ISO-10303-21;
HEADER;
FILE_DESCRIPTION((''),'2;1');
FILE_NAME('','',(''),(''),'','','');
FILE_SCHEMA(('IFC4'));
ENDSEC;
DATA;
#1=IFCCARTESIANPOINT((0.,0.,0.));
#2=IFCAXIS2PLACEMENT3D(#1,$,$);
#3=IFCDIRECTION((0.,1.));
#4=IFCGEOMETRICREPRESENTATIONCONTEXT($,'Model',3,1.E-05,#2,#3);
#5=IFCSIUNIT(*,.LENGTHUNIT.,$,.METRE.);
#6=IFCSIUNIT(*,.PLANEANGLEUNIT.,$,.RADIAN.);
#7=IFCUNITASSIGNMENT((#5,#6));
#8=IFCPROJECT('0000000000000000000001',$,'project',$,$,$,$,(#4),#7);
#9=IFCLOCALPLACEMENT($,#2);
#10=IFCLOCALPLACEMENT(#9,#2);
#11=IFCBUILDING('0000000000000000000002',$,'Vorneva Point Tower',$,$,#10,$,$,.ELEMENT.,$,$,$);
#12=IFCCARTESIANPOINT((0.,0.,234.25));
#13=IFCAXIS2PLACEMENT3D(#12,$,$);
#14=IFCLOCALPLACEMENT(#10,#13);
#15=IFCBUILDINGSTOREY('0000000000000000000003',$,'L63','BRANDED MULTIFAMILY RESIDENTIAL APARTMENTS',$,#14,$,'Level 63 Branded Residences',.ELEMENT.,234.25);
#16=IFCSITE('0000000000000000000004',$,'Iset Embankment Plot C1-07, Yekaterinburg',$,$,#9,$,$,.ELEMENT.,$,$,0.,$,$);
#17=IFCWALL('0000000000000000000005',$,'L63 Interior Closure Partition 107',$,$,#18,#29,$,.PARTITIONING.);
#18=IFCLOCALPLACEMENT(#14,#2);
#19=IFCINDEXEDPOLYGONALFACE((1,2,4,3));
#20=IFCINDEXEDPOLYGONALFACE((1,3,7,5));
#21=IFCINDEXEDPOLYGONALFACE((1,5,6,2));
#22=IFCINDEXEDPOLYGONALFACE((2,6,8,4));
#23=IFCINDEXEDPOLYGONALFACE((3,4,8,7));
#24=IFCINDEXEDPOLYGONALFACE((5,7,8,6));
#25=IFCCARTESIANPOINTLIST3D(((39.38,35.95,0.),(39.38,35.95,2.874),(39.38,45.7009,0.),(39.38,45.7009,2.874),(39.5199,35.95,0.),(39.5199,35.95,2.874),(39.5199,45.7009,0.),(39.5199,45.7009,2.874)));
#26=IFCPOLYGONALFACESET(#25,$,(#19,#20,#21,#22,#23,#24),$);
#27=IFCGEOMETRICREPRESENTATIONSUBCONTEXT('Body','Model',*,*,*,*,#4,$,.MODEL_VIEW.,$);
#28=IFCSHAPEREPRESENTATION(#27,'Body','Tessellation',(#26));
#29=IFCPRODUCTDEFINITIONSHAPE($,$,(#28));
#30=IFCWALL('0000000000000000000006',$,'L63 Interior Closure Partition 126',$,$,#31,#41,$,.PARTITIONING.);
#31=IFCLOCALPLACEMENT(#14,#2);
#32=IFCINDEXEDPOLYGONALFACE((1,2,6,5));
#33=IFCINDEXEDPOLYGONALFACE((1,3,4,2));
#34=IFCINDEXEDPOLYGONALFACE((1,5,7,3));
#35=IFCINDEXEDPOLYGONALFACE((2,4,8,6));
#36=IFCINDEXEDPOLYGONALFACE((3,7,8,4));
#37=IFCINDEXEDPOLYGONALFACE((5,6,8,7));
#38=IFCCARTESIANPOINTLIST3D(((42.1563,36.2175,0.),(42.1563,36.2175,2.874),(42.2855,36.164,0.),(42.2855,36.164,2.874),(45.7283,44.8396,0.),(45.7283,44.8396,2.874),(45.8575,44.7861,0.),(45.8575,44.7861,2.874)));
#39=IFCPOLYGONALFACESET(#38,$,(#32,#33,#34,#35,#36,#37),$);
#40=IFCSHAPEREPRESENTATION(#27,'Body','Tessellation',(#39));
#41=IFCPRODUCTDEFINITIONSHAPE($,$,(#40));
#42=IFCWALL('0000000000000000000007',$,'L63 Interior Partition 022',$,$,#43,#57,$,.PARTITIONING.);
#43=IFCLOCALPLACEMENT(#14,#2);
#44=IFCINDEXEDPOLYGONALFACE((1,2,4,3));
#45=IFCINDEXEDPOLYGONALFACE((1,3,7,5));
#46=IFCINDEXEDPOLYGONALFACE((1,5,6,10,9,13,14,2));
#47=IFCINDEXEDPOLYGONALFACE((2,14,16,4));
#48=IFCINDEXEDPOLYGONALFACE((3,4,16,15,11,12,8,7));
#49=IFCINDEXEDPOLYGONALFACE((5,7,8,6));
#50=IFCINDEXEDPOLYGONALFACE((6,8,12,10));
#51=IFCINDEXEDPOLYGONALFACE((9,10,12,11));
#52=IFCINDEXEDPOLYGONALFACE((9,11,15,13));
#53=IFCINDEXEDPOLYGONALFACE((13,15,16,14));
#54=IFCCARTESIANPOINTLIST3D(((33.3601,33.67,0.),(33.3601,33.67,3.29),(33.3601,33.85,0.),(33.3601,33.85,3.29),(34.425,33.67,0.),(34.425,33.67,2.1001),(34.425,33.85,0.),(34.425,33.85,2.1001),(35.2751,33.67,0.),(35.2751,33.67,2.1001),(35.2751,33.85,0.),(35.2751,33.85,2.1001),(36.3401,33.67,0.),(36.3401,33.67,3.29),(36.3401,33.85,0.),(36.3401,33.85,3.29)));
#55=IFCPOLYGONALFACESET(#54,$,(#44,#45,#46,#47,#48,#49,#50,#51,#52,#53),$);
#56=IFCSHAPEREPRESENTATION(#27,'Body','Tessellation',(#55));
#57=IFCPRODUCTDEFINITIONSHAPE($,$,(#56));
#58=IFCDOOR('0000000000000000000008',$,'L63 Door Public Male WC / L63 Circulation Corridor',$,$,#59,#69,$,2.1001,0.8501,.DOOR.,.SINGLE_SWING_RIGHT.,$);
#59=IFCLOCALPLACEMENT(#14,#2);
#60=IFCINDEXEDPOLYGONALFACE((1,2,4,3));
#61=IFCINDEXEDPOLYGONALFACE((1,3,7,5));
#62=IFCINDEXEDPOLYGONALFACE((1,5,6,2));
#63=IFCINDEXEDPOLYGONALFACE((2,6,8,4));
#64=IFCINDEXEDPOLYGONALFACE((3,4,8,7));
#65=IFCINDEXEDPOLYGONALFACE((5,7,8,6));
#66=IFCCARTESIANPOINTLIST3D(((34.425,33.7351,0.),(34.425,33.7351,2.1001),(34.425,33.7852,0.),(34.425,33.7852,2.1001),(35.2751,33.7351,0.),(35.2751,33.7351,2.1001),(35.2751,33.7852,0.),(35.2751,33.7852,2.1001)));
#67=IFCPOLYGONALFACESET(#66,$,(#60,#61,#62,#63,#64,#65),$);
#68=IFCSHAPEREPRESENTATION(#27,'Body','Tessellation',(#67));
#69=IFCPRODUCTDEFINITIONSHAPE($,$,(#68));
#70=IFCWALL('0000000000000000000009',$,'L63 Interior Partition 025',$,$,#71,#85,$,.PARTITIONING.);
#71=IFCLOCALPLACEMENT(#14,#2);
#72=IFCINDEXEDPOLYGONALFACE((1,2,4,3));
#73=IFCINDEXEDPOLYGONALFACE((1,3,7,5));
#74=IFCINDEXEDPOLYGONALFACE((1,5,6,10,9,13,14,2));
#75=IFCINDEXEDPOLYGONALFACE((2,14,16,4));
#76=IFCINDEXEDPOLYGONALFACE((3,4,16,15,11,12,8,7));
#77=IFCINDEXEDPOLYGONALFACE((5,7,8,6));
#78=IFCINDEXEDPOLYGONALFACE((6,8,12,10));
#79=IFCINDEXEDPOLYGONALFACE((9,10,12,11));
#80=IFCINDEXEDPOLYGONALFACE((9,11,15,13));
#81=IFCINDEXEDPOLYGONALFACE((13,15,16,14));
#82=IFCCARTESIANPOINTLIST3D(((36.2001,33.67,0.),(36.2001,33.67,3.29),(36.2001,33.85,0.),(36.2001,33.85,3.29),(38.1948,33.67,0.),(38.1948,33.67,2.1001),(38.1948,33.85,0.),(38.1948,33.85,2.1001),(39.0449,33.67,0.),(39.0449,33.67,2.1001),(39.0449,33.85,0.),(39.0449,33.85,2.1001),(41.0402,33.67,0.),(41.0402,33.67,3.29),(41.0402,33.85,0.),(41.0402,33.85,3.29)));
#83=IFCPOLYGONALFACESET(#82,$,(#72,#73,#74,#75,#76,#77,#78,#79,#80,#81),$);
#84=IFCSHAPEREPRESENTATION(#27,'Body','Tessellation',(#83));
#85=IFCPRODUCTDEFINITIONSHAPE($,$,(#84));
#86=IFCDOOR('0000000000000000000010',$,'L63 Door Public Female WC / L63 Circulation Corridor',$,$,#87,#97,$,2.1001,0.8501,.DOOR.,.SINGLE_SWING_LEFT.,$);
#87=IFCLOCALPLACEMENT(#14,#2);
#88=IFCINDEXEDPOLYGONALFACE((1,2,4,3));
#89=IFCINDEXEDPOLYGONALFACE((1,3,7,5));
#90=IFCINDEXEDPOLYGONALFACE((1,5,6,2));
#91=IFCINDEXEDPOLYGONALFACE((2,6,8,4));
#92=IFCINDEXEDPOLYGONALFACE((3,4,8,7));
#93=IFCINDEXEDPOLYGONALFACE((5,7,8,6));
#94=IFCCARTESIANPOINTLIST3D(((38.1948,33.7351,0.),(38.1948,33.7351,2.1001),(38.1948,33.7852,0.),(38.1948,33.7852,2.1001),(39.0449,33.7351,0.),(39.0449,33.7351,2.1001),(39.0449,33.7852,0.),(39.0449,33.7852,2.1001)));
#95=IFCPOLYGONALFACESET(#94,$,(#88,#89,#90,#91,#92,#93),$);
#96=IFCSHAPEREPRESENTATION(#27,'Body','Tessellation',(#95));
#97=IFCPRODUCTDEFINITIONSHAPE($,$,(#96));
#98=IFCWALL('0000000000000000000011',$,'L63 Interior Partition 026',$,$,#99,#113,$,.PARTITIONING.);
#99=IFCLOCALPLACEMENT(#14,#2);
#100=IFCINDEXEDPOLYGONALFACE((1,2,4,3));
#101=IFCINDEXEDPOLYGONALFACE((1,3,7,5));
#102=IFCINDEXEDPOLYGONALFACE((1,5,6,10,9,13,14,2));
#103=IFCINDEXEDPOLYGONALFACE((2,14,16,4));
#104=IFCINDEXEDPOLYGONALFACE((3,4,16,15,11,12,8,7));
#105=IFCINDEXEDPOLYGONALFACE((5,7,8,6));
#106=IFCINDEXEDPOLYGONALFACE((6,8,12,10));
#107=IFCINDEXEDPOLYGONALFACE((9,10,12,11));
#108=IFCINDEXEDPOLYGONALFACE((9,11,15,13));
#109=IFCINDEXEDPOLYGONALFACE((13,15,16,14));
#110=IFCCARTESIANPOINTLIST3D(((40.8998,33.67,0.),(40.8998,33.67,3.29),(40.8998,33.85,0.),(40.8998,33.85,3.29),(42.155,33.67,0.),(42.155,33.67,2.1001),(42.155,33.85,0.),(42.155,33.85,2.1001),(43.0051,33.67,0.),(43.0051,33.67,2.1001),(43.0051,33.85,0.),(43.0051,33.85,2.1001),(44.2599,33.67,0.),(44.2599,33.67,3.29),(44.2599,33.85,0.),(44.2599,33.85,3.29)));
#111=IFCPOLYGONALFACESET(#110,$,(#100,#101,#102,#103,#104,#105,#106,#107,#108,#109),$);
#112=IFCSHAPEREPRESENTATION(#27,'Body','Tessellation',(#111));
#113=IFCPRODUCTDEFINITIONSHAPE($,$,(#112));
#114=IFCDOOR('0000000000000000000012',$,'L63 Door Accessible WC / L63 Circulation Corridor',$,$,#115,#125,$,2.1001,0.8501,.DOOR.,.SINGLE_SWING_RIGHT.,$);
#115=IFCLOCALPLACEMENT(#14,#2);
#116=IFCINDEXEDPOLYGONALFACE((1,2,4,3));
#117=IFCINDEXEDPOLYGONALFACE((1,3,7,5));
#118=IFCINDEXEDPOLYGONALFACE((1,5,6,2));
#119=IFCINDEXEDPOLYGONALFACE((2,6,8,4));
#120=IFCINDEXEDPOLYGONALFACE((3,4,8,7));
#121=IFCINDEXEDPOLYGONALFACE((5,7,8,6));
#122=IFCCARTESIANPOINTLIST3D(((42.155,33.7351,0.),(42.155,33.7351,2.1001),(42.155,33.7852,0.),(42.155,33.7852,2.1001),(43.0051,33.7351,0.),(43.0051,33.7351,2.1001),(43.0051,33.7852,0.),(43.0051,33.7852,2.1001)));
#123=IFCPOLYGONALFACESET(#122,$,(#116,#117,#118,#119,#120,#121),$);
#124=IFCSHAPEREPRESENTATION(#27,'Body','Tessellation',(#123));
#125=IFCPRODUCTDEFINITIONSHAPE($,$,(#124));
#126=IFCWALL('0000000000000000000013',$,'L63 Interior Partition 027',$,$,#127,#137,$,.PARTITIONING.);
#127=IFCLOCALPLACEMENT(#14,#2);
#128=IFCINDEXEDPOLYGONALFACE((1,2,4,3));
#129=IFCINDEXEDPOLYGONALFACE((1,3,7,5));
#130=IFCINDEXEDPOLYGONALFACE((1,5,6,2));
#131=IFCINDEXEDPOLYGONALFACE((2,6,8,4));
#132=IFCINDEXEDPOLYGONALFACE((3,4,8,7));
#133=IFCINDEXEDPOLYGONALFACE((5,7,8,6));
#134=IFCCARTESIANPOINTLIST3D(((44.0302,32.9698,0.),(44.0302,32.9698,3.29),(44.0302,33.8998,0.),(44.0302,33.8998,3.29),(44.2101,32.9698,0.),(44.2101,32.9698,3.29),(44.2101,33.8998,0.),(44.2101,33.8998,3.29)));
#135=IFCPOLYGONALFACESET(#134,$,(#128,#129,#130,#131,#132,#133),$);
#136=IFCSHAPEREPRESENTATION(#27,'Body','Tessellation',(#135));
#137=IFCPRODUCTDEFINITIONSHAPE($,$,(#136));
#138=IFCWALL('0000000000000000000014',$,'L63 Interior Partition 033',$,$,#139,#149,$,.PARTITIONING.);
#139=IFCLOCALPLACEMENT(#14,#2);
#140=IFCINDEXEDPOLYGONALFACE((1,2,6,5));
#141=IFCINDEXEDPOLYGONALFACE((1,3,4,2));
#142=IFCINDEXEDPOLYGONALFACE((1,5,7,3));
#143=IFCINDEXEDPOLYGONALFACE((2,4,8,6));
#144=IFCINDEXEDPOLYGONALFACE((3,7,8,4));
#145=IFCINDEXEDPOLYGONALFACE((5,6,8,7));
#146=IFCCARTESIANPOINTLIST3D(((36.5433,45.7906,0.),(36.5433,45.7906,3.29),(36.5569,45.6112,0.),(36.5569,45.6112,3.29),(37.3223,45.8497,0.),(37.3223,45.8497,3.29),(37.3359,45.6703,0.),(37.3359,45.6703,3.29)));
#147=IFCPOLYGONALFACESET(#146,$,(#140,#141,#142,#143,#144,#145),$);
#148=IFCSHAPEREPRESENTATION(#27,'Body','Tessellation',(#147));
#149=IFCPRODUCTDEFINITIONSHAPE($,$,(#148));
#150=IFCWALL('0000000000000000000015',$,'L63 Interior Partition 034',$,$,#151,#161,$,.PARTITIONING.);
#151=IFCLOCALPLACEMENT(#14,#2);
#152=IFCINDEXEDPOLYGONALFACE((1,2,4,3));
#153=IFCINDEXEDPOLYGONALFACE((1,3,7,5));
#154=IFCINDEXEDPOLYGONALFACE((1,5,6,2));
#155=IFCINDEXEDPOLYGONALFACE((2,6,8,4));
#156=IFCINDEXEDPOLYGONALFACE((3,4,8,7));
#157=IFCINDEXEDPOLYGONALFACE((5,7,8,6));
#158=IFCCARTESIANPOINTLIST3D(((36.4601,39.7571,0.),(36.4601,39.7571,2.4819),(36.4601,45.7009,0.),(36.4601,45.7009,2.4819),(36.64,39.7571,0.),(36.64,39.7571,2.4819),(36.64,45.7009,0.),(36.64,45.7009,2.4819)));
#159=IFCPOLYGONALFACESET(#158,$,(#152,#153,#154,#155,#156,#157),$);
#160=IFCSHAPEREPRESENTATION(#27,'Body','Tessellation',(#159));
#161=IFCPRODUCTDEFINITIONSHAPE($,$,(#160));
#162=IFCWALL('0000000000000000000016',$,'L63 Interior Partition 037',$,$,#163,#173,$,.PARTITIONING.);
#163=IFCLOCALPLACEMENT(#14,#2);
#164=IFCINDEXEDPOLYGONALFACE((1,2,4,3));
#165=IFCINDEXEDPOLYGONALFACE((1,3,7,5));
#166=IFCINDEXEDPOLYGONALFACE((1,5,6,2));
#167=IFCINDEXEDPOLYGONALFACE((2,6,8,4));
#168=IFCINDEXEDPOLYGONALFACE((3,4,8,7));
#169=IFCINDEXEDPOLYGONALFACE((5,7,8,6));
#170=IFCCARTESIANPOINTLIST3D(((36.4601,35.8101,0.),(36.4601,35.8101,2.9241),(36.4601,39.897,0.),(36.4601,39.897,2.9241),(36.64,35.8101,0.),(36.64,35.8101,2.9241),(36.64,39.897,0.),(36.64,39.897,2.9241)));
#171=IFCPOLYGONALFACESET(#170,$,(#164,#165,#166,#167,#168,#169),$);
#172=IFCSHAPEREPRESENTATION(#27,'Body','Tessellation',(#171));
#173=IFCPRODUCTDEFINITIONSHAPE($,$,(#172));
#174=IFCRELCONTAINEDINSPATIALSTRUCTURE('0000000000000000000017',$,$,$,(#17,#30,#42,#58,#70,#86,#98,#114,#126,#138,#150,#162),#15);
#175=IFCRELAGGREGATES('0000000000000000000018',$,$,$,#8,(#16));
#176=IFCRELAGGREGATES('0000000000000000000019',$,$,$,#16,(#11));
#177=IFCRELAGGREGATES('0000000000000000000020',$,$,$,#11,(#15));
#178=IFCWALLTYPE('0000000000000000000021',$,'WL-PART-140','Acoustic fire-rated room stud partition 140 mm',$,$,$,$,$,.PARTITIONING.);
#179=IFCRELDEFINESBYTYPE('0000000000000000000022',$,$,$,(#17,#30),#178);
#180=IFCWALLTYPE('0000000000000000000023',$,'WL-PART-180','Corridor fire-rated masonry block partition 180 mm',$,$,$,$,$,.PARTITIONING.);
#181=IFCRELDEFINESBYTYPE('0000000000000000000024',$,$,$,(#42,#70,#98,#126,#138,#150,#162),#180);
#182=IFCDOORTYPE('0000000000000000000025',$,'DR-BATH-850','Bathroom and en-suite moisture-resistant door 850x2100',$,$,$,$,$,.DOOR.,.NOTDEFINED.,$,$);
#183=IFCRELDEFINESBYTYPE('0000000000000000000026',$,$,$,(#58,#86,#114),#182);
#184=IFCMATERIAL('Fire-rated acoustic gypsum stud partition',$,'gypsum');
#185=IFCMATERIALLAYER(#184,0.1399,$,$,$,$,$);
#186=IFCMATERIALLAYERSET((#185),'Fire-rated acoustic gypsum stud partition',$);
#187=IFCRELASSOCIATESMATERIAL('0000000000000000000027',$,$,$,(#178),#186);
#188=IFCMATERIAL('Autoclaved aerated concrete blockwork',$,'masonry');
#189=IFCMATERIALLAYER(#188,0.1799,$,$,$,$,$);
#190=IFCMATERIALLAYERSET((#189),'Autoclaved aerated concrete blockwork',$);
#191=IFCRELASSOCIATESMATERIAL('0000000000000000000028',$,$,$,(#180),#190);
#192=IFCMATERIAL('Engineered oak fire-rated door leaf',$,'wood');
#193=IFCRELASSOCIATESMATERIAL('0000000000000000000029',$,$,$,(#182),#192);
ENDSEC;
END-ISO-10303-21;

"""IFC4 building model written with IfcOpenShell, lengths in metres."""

from ifc_helpers import new_model, si_unit, direction, frame, frame_2d, origin, place, context, subcontext, project, spatial, rectangle, extrude, material, layer, layer_set, type_object, element, fill, save


model = new_model("IFC4")

# Units and contexts
model_context = context("Model", 3, precision=1e-05, world=origin(), true_north=direction((0.0, 1.0)))
body_context = subcontext(model_context, "Body", "Model", "MODEL_VIEW")
ifc_project = project(units=[si_unit("LENGTHUNIT", "METRE"), si_unit("PLANEANGLEUNIT", "RADIAN")], contexts=[model_context])

# Site, building, storey
site_placement = place(None, origin())
site = spatial("IfcSite", under=ifc_project, at=site_placement, Name="Iset Embankment Plot C1-07, Yekaterinburg", CompositionType="ELEMENT", RefElevation=0.0)
building_placement = place(site_placement, origin())
building = spatial("IfcBuilding", under=site, at=building_placement, Name="Vorneva Point Tower", CompositionType="ELEMENT")
storey_placement = place(building_placement, frame((0.0, 0.0, 234.25)))
storey = spatial("IfcBuildingStorey", under=building, at=storey_placement, Name="L63", Description="BRANDED MULTIFAMILY RESIDENTIAL APARTMENTS", LongName="Level 63 Branded Residences", CompositionType="ELEMENT", Elevation=234.25)

# Walls
ifc_material_1 = material(Name="Fire-rated acoustic gypsum stud partition", Category="gypsum")
ifc_layer_1 = layer(ifc_material_1, 0.1399)
ifc_layer_set_1 = layer_set([ifc_layer_1], Name="Fire-rated acoustic gypsum stud partition")
wall_type_1 = type_object("IfcWallType", Name="WL-PART-140", Description="Acoustic fire-rated room stud partition 140 mm", PredefinedType="PARTITIONING", material=ifc_layer_set_1)
wall_1_placement = place(storey_placement, frame((39.45, 35.95, 0.0), z_axis=(0.0, 0.0, 1.0), x_axis=(0.0, 1.0, 0.0)))
element("IfcWall", 1, at=wall_1_placement, inside=storey, type_object=wall_type_1, Name="L63 Interior Closure Partition 107", PredefinedType="PARTITIONING", context=body_context, shape_type="SweptSolid", body=[
    extrude(rectangle(XDim=9.751, YDim=0.1399, at=frame_2d((4.8755, 0.0))), origin(), (0.0, 0.0, 1.0), 2.874),
])
wall_2_placement = place(storey_placement, frame((45.793, 44.813, 0.0), z_axis=(0.0, 0.0, 1.0), x_axis=(-0.382742, -0.923855, 0.0)))
element("IfcWall", 2, at=wall_2_placement, inside=storey, type_object=wall_type_1, Name="L63 Interior Closure Partition 126", PredefinedType="PARTITIONING", context=body_context, shape_type="SweptSolid", body=[
    extrude(rectangle(XDim=9.3328, YDim=0.1399, at=frame_2d((4.6665, 0.0))), origin(), (0.0, 0.0, 1.0), 2.874),
])

# Walls, openings, doors
ifc_material_2 = material(Name="Autoclaved aerated concrete blockwork", Category="masonry")
ifc_layer_2 = layer(ifc_material_2, 0.1799)
ifc_layer_set_2 = layer_set([ifc_layer_2], Name="Autoclaved aerated concrete blockwork")
wall_type_2 = type_object("IfcWallType", Name="WL-PART-180", Description="Corridor fire-rated masonry block partition 180 mm", PredefinedType="PARTITIONING", material=ifc_layer_set_2)
wall_3_placement = place(storey_placement, frame((36.3401, 33.76, 0.0), z_axis=(0.0, 0.0, 1.0), x_axis=(-1.0, 0.0, 0.0)))
wall_3 = element("IfcWall", 3, at=wall_3_placement, inside=storey, type_object=wall_type_2, Name="L63 Interior Partition 022", PredefinedType="PARTITIONING", context=body_context, shape_type="SweptSolid", body=[
    extrude(rectangle(XDim=2.98, YDim=0.1799, at=frame_2d((1.49, 0.0))), origin(), (0.0, 0.0, 1.0), 3.29),
])
opening_1_placement = place(wall_3_placement, frame((1.0649, 0.0, 0.0)))
opening_1 = element("IfcOpeningElement", 4, at=opening_1_placement, cuts=wall_3, PredefinedType="OPENING", context=body_context, shape_type="SweptSolid", body=[
    extrude(rectangle(XDim=0.8501, YDim=2.1001, at=frame_2d((0.425, 1.05))), frame((0.0, 0.105, 0.0), z_axis=(0.0, -1.0, 0.0), x_axis=(1.0, 0.0, 0.0)), (0.0, 0.0, 1.0), 0.2097),
])
ifc_material_3 = material(Name="Engineered oak fire-rated door leaf", Category="wood")
door_type = type_object("IfcDoorType", Name="DR-BATH-850", Description="Bathroom and en-suite moisture-resistant door 850x2100", OperationType="NOTDEFINED", PredefinedType="DOOR", material=ifc_material_3)
door_1_placement = place(opening_1_placement, origin())
door_1 = element("IfcDoor", 5, at=door_1_placement, inside=storey, type_object=door_type, Name="L63 Door Public Male WC / L63 Circulation Corridor", OperationType="SINGLE_SWING_RIGHT", OverallHeight=2.1001, OverallWidth=0.8501, PredefinedType="DOOR", context=body_context, shape_type="SweptSolid", body=[
    extrude(rectangle(XDim=0.8501, YDim=2.1001, at=frame_2d((0.425, 1.05))), frame((0.0, 0.0249, 0.0), z_axis=(0.0, -1.0, 0.0), x_axis=(1.0, 0.0, 0.0)), (0.0, 0.0, 1.0), 0.05),
])
fill(opening_1, door_1)
wall_4_placement = place(storey_placement, frame((41.04, 33.76, 0.0), z_axis=(0.0, 0.0, 1.0), x_axis=(-1.0, 0.0, 0.0)))
wall_4 = element("IfcWall", 6, at=wall_4_placement, inside=storey, type_object=wall_type_2, Name="L63 Interior Partition 025", PredefinedType="PARTITIONING", context=body_context, shape_type="SweptSolid", body=[
    extrude(rectangle(XDim=4.8401, YDim=0.1799, at=frame_2d((2.4199, 0.0))), origin(), (0.0, 0.0, 1.0), 3.29),
])
opening_2_placement = place(wall_4_placement, frame((1.9951, 0.0, 0.0)))
opening_2 = element("IfcOpeningElement", 7, at=opening_2_placement, cuts=wall_4, PredefinedType="OPENING", context=body_context, shape_type="SweptSolid", body=[
    extrude(rectangle(XDim=0.8501, YDim=2.1001, at=frame_2d((0.425, 1.05))), frame((0.0, 0.105, 0.0), z_axis=(0.0, -1.0, 0.0), x_axis=(1.0, 0.0, 0.0)), (0.0, 0.0, 1.0), 0.2097),
])
door_2_placement = place(opening_2_placement, origin())
door_2 = element("IfcDoor", 8, at=door_2_placement, inside=storey, type_object=door_type, Name="L63 Door Public Female WC / L63 Circulation Corridor", OperationType="SINGLE_SWING_LEFT", OverallHeight=2.1001, OverallWidth=0.8501, PredefinedType="DOOR", context=body_context, shape_type="SweptSolid", body=[
    extrude(rectangle(XDim=0.8501, YDim=2.1001, at=frame_2d((0.425, 1.05))), frame((0.0, 0.0249, 0.0), z_axis=(0.0, -1.0, 0.0), x_axis=(1.0, 0.0, 0.0)), (0.0, 0.0, 1.0), 0.05),
])
fill(opening_2, door_2)
wall_5_placement = place(storey_placement, frame((44.26, 33.76, 0.0), z_axis=(0.0, 0.0, 1.0), x_axis=(-1.0, 0.0, 0.0)))
wall_5 = element("IfcWall", 9, at=wall_5_placement, inside=storey, type_object=wall_type_2, Name="L63 Interior Partition 026", PredefinedType="PARTITIONING", context=body_context, shape_type="SweptSolid", body=[
    extrude(rectangle(XDim=3.3601, YDim=0.1799, at=frame_2d((1.6802, 0.0))), origin(), (0.0, 0.0, 1.0), 3.29),
])
opening_3_placement = place(wall_5_placement, frame((1.2549, 0.0, 0.0)))
opening_3 = element("IfcOpeningElement", 10, at=opening_3_placement, cuts=wall_5, PredefinedType="OPENING", context=body_context, shape_type="SweptSolid", body=[
    extrude(rectangle(XDim=0.8501, YDim=2.1001, at=frame_2d((0.425, 1.05))), frame((0.0, 0.105, 0.0), z_axis=(0.0, -1.0, 0.0), x_axis=(1.0, 0.0, 0.0)), (0.0, 0.0, 1.0), 0.2097),
])
door_3_placement = place(opening_3_placement, origin())
door_3 = element("IfcDoor", 11, at=door_3_placement, inside=storey, type_object=door_type, Name="L63 Door Accessible WC / L63 Circulation Corridor", OperationType="SINGLE_SWING_RIGHT", OverallHeight=2.1001, OverallWidth=0.8501, PredefinedType="DOOR", context=body_context, shape_type="SweptSolid", body=[
    extrude(rectangle(XDim=0.8501, YDim=2.1001, at=frame_2d((0.425, 1.05))), frame((0.0, 0.0249, 0.0), z_axis=(0.0, -1.0, 0.0), x_axis=(1.0, 0.0, 0.0)), (0.0, 0.0, 1.0), 0.05),
])
fill(opening_3, door_3)

# Walls
wall_6_placement = place(storey_placement, frame((44.1201, 32.97, 0.0), z_axis=(0.0, 0.0, 1.0), x_axis=(0.0, 1.0, 0.0)))
element("IfcWall", 12, at=wall_6_placement, inside=storey, type_object=wall_type_2, Name="L63 Interior Partition 027", PredefinedType="PARTITIONING", context=body_context, shape_type="SweptSolid", body=[
    extrude(rectangle(XDim=0.9299, YDim=0.1799, at=frame_2d((0.4648, 0.0))), origin(), (0.0, 0.0, 1.0), 3.29),
])
wall_7_placement = place(storey_placement, frame((37.3291, 45.76, 0.0), z_axis=(0.0, 0.0, 1.0), x_axis=(-0.997137, -0.075621, 0.0)))
element("IfcWall", 13, at=wall_7_placement, inside=storey, type_object=wall_type_2, Name="L63 Interior Partition 033", PredefinedType="PARTITIONING", context=body_context, shape_type="SweptSolid", body=[
    extrude(rectangle(XDim=0.7812, YDim=0.1799, at=frame_2d((0.3906, 0.0))), origin(), (0.0, 0.0, 1.0), 3.29),
])
wall_8_placement = place(storey_placement, frame((36.55, 45.7009, 0.0), z_axis=(0.0, 0.0, 1.0), x_axis=(0.0, -1.0, 0.0)))
element("IfcWall", 14, at=wall_8_placement, inside=storey, type_object=wall_type_2, Name="L63 Interior Partition 034", PredefinedType="PARTITIONING", context=body_context, shape_type="SweptSolid", body=[
    extrude(rectangle(XDim=5.9438, YDim=0.1799, at=frame_2d((2.9719, 0.0))), origin(), (0.0, 0.0, 1.0), 2.4819),
])
wall_9_placement = place(storey_placement, frame((36.55, 39.897, 0.0), z_axis=(0.0, 0.0, 1.0), x_axis=(0.0, -1.0, 0.0)))
element("IfcWall", 15, at=wall_9_placement, inside=storey, type_object=wall_type_2, Name="L63 Interior Partition 037", PredefinedType="PARTITIONING", context=body_context, shape_type="SweptSolid", body=[
    extrude(rectangle(XDim=4.0869, YDim=0.1799, at=frame_2d((2.0435, 0.0))), origin(), (0.0, 0.0, 1.0), 2.9241),
])

save(model, "model.ifc")
